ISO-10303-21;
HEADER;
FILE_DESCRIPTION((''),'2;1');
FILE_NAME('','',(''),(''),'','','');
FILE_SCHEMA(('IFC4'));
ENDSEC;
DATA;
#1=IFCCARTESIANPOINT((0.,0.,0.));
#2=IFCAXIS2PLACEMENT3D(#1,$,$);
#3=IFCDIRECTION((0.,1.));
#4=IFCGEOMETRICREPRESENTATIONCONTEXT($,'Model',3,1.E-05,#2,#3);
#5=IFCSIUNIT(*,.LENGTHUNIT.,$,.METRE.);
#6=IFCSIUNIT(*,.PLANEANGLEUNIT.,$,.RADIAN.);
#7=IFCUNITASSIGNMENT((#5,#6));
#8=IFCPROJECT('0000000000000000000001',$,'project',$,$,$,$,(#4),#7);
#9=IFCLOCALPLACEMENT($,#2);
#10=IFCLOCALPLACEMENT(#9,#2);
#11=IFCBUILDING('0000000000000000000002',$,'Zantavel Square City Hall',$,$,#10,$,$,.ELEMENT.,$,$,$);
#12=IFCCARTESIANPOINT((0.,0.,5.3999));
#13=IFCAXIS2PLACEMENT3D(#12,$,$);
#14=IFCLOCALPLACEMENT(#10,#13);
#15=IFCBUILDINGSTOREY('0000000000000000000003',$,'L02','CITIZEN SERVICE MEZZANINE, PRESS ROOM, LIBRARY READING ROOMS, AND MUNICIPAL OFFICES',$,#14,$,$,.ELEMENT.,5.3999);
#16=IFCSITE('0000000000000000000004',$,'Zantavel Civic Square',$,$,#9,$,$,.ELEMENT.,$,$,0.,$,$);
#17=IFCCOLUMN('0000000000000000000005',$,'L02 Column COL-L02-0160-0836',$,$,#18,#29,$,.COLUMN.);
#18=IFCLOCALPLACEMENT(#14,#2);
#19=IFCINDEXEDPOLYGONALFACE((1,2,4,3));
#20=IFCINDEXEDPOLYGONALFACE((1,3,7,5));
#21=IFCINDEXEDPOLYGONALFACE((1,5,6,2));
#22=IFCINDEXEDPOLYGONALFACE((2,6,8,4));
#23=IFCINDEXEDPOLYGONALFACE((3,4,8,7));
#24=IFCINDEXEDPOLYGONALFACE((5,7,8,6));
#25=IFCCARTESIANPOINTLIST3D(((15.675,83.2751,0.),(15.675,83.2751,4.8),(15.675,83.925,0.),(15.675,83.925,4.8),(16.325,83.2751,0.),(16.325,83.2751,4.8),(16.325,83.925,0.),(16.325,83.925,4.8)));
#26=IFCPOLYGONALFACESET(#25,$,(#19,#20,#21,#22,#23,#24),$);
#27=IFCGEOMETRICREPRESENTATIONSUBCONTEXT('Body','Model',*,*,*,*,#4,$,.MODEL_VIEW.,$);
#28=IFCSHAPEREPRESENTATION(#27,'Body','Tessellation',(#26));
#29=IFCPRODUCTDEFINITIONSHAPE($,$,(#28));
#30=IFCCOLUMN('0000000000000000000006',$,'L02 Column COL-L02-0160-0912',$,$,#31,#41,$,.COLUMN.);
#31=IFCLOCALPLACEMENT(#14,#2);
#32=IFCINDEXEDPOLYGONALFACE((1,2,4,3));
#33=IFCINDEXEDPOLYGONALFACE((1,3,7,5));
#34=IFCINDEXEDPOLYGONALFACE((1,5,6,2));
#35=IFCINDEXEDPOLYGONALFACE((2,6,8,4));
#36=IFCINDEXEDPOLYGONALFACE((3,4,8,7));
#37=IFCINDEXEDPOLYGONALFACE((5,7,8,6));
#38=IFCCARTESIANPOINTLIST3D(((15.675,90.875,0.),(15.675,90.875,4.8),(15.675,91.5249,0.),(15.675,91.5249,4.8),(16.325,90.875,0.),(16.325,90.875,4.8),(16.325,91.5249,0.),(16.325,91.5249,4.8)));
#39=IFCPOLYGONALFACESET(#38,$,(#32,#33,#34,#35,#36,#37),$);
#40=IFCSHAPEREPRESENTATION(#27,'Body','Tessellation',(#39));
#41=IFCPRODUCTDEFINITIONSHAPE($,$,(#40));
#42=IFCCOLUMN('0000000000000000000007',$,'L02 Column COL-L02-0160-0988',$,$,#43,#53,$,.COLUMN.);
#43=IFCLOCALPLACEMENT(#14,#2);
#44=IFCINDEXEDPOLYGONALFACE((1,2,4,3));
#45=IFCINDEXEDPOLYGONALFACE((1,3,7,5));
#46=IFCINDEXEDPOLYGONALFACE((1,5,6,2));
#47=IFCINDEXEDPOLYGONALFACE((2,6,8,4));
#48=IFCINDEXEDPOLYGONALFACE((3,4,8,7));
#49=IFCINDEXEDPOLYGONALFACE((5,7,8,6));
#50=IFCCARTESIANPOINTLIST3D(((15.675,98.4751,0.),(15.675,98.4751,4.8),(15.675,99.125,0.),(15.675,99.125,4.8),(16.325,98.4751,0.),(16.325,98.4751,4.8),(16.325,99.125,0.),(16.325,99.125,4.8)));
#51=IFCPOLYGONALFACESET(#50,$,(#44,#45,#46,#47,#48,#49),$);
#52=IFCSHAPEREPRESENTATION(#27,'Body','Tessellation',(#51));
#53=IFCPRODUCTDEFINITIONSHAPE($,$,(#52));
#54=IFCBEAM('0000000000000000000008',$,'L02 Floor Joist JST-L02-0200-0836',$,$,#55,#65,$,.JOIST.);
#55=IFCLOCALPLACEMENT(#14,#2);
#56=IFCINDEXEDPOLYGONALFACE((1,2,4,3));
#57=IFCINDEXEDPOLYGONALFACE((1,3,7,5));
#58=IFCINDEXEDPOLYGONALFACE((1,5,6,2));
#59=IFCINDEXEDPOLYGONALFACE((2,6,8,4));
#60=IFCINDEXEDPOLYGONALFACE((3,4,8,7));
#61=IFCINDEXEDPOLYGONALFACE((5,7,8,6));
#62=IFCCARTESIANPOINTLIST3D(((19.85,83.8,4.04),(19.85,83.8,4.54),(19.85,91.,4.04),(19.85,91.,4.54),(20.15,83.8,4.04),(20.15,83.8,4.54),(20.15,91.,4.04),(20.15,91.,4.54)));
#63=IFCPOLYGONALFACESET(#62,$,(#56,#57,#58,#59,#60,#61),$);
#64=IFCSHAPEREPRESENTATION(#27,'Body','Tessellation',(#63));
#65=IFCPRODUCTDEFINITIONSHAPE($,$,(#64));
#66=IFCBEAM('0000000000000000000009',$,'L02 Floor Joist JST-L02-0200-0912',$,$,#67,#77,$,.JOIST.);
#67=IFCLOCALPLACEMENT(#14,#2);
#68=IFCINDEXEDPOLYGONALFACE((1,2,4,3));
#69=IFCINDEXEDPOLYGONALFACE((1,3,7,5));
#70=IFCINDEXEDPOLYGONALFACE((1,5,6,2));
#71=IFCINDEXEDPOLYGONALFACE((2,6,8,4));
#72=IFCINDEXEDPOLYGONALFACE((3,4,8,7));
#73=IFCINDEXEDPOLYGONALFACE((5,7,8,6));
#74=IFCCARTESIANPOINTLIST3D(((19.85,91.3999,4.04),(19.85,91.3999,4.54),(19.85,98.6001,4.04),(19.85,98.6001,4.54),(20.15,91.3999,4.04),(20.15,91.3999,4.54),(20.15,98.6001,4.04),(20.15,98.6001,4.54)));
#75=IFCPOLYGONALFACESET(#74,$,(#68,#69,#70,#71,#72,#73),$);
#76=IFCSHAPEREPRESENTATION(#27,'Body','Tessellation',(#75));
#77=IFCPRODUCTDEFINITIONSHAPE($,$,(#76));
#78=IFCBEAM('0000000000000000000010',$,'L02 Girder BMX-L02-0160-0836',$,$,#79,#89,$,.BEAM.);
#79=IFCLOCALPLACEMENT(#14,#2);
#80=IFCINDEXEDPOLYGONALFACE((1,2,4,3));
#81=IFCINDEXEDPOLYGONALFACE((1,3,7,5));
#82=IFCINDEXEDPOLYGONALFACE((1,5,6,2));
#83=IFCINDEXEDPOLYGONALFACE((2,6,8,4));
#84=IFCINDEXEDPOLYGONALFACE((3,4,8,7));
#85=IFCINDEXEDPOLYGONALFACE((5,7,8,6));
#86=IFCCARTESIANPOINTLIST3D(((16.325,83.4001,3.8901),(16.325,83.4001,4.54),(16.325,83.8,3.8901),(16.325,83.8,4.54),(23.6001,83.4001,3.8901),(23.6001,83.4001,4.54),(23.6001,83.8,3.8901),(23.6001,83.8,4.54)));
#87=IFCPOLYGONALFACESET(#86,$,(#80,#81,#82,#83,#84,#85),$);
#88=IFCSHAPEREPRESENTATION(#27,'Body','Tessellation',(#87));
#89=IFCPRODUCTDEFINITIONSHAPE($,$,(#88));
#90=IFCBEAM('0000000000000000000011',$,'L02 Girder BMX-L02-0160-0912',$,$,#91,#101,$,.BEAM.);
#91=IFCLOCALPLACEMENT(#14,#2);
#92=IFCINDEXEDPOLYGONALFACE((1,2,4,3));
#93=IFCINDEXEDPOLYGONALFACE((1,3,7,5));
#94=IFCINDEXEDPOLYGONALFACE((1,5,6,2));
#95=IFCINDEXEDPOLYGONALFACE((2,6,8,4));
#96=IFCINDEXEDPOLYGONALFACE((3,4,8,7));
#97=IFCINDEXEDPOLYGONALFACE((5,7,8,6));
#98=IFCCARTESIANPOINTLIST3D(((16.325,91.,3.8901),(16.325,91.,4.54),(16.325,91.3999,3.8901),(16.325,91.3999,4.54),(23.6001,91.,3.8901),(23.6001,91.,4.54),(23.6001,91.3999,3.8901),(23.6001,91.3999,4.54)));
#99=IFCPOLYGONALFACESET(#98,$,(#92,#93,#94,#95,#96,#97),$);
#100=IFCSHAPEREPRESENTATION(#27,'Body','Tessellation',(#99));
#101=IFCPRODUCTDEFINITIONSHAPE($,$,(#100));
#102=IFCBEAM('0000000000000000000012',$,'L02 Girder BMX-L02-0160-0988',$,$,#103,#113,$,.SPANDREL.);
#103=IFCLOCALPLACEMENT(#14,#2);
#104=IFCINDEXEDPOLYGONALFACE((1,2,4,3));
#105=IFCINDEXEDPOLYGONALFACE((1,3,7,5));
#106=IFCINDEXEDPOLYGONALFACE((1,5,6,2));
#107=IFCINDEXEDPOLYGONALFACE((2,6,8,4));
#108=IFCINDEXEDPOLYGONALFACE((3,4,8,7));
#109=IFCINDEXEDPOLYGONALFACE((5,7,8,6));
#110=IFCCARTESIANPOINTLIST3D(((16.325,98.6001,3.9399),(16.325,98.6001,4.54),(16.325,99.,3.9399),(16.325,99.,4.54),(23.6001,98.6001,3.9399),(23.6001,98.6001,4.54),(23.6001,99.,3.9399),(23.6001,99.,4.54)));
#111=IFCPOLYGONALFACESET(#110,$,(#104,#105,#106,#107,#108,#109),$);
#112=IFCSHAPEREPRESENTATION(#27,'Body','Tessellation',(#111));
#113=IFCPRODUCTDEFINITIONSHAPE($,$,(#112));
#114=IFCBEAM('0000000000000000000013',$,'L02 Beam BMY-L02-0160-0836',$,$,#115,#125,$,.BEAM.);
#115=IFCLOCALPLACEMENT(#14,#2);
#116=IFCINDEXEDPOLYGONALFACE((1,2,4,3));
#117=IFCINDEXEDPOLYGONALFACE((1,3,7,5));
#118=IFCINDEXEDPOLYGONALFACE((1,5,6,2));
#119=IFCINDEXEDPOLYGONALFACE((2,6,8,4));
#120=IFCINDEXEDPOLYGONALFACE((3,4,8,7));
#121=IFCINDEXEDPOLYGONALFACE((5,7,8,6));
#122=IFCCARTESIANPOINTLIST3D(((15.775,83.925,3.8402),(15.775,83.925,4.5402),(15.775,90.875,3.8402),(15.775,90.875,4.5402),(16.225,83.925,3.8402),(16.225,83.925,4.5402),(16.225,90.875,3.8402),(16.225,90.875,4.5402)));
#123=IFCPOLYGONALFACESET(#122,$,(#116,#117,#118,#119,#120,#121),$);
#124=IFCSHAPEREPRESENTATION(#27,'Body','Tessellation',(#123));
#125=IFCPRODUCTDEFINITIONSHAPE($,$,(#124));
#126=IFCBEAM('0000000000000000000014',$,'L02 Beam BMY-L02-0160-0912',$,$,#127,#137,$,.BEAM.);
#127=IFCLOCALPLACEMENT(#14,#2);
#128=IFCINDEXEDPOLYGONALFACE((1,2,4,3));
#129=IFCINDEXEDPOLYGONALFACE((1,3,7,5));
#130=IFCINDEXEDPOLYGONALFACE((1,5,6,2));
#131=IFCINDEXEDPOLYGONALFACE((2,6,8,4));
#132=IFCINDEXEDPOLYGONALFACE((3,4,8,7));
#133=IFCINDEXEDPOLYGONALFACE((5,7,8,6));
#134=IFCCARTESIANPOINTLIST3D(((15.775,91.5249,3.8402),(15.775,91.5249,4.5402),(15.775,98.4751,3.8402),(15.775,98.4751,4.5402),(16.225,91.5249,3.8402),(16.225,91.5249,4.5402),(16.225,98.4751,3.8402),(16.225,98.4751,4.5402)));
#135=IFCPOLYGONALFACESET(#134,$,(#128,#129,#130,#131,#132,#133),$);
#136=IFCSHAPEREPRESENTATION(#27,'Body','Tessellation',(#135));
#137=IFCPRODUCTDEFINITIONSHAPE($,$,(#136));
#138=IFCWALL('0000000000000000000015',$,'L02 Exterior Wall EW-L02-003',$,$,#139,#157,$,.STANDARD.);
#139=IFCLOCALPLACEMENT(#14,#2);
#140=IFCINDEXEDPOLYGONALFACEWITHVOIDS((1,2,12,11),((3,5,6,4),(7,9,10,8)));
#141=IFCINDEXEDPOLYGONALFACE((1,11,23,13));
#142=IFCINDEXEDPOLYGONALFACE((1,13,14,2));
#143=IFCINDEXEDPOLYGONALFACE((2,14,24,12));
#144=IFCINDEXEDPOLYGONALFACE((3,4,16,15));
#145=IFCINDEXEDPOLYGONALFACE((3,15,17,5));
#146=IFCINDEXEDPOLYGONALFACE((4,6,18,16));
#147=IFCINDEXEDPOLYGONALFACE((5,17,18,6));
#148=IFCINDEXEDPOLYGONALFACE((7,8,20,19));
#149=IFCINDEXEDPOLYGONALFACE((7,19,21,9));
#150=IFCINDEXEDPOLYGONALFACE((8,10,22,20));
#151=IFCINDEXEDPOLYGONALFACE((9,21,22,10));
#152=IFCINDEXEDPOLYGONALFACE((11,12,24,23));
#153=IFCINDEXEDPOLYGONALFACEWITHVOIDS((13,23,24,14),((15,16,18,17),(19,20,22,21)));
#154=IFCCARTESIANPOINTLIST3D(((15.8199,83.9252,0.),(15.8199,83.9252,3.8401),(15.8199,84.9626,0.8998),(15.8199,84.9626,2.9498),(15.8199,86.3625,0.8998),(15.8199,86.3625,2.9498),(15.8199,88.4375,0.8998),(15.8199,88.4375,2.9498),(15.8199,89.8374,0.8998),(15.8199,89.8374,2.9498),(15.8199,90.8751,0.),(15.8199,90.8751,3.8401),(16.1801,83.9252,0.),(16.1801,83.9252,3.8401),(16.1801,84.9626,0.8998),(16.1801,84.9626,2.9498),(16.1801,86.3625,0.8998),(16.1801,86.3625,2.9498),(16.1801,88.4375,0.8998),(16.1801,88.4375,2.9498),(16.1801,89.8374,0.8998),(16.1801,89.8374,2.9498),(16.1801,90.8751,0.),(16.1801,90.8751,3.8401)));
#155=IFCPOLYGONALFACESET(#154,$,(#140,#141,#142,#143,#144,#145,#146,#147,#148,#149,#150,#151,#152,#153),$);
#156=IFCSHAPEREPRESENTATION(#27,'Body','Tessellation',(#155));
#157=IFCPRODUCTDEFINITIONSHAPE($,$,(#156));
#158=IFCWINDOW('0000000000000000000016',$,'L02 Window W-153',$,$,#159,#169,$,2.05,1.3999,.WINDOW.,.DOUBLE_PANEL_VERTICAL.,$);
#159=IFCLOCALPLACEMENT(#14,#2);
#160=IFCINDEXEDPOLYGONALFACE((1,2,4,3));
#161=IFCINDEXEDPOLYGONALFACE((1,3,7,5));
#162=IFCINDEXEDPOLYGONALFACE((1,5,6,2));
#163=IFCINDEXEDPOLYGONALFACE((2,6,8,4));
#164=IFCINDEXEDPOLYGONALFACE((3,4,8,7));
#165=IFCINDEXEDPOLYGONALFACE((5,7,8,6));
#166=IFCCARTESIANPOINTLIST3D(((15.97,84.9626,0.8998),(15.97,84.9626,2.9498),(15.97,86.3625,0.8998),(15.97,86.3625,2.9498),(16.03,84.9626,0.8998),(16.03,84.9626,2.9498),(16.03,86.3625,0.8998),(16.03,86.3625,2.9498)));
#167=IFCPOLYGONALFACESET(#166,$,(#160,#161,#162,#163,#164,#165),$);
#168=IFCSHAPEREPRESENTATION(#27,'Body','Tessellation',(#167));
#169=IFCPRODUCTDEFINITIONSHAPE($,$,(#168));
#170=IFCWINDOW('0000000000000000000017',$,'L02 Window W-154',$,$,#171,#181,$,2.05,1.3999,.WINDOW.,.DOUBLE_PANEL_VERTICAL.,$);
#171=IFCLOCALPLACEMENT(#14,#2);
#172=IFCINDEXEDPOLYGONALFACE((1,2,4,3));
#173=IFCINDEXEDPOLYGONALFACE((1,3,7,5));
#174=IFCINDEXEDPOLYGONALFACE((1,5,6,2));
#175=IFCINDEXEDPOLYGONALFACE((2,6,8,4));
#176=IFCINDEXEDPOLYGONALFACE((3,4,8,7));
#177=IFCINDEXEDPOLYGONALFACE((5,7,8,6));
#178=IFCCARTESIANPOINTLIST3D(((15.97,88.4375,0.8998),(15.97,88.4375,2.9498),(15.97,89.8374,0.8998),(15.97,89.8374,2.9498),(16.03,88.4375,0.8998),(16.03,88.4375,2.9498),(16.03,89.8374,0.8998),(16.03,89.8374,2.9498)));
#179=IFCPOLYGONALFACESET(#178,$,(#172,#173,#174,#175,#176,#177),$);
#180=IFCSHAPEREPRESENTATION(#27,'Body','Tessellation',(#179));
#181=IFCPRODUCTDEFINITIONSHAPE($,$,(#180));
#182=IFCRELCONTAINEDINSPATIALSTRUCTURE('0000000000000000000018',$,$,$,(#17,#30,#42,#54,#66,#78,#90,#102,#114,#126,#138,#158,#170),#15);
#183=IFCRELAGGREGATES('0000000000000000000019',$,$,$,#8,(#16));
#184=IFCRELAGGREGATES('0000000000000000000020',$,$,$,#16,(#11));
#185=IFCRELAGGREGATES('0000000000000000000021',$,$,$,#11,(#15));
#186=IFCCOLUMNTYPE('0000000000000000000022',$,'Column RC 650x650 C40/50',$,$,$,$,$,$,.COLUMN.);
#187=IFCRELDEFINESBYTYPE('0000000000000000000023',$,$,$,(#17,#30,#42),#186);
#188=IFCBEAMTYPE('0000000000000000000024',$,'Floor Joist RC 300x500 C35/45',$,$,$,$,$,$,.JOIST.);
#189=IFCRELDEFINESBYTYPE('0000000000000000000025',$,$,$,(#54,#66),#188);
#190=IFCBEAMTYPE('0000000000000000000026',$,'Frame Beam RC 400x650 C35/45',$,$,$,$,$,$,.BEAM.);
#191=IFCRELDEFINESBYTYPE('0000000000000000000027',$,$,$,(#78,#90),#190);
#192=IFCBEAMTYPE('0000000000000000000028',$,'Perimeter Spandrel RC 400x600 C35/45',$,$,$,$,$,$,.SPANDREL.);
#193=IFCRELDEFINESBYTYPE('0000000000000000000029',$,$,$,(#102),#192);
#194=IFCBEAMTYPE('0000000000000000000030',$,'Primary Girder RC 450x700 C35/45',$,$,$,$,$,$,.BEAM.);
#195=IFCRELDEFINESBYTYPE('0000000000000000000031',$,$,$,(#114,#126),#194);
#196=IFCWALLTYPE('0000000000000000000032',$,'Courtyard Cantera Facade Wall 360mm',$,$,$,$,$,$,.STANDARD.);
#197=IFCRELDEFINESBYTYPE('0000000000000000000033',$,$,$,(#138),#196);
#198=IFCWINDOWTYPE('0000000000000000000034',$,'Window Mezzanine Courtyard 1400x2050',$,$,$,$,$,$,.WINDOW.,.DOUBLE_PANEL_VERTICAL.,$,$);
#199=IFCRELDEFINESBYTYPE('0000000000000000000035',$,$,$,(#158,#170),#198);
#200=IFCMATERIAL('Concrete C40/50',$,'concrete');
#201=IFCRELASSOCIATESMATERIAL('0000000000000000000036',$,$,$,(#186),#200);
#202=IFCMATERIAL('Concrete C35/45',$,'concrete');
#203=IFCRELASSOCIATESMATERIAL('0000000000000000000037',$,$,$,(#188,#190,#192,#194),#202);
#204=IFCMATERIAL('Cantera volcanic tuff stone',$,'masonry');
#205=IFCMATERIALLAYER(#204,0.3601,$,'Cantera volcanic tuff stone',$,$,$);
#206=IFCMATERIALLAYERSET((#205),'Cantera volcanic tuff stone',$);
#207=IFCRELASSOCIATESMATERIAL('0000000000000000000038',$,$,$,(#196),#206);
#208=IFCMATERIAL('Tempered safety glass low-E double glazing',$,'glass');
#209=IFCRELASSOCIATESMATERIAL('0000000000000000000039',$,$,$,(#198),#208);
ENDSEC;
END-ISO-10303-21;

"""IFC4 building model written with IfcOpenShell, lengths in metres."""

from ifc_helpers import new_model, si_unit, direction, frame, frame_2d, origin, origin_2d, place, context, subcontext, project, spatial, rectangle, extrude, material, layer, layer_set, material_profile, profile_set, type_object, element, fill, save


model = new_model("IFC4")

# Units and contexts
model_context = context("Model", 3, precision=1e-05, world=origin(), true_north=direction((0.0, 1.0)))
body_context = subcontext(model_context, "Body", "Model", "MODEL_VIEW")
ifc_project = project(units=[si_unit("LENGTHUNIT", "METRE"), si_unit("PLANEANGLEUNIT", "RADIAN")], contexts=[model_context])

# Site, building, storey
site_placement = place(None, origin())
site = spatial("IfcSite", under=ifc_project, at=site_placement, Name="Zantavel Civic Square", CompositionType="ELEMENT", RefElevation=0.0)
building_placement = place(site_placement, origin())
building = spatial("IfcBuilding", under=site, at=building_placement, Name="Zantavel Square City Hall", CompositionType="ELEMENT")
storey_placement = place(building_placement, frame((0.0, 0.0, 5.3999)))
storey = spatial("IfcBuildingStorey", under=building, at=storey_placement, Name="L02", Description="CITIZEN SERVICE MEZZANINE, PRESS ROOM, LIBRARY READING ROOMS, AND MUNICIPAL OFFICES", CompositionType="ELEMENT", Elevation=5.3999)

# Columns
ifc_material_1 = material(Name="Concrete C40/50", Category="concrete")
ifc_material_profile_1 = material_profile(ifc_material_1, rectangle(XDim=0.6499, YDim=0.6499, at=origin_2d()), Name="RC 650x650")
ifc_profile_set_1 = profile_set([ifc_material_profile_1], Name="Concrete C40/50")
column_type = type_object("IfcColumnType", Name="Column RC 650x650 C40/50", PredefinedType="COLUMN", material=ifc_profile_set_1)
for number, where, z_axis, x_axis, name in (
    (1, (16.0, 83.6001, 0.0), (0.0, 0.0, 1.0), (1.0, 0.0, 0.0), "L02 Column COL-L02-0160-0836"),
    (2, (16.0, 91.2, 0.0), (0.0, 0.0, 1.0), (1.0, 0.0, 0.0), "L02 Column COL-L02-0160-0912"),
    (3, (16.0, 98.8, 0.0), (0.0, 0.0, 1.0), (1.0, 0.0, 0.0), "L02 Column COL-L02-0160-0988"),
):
    element("IfcColumn", number, at=place(storey_placement, frame(where, z_axis=z_axis, x_axis=x_axis)), inside=storey, type_object=column_type, Name=name, PredefinedType="COLUMN", context=body_context, shape_type="SweptSolid", body=[
        extrude(rectangle(XDim=0.6499, YDim=0.6499, at=origin_2d()), origin(), (0.0, 0.0, 1.0), 4.8),
    ])

# Beams
ifc_material_2 = material(Name="Concrete C35/45", Category="concrete")
ifc_material_profile_2 = material_profile(ifc_material_2, rectangle(XDim=0.3, YDim=0.5, at=origin_2d()), Name="RC 300x500")
ifc_profile_set_2 = profile_set([ifc_material_profile_2], Name="Concrete C35/45")
beam_type_1 = type_object("IfcBeamType", Name="Floor Joist RC 300x500 C35/45", PredefinedType="JOIST", material=ifc_profile_set_2)
beam_1_placement = place(storey_placement, frame((20.0, 83.8, 4.29), z_axis=(0.0, 1.0, 0.0), x_axis=(-1.0, 0.0, 0.0)))
element("IfcBeam", 4, at=beam_1_placement, inside=storey, type_object=beam_type_1, Name="L02 Floor Joist JST-L02-0200-0836", PredefinedType="JOIST", context=body_context, shape_type="SweptSolid", body=[
    extrude(rectangle(XDim=0.3, YDim=0.5, at=origin_2d()), origin(), (0.0, 0.0, 1.0), 7.2),
])
beam_2_placement = place(storey_placement, frame((20.0, 91.3999, 4.29), z_axis=(0.0, 1.0, 0.0), x_axis=(-1.0, 0.0, 0.0)))
element("IfcBeam", 5, at=beam_2_placement, inside=storey, type_object=beam_type_1, Name="L02 Floor Joist JST-L02-0200-0912", PredefinedType="JOIST", context=body_context, shape_type="SweptSolid", body=[
    extrude(rectangle(XDim=0.3, YDim=0.5, at=origin_2d()), origin(), (0.0, 0.0, 1.0), 7.2002),
])
ifc_material_profile_3 = material_profile(ifc_material_2, rectangle(XDim=0.3999, YDim=0.6499, at=origin_2d()), Name="RC 400x650")
ifc_profile_set_3 = profile_set([ifc_material_profile_3], Name="Concrete C35/45")
beam_type_2 = type_object("IfcBeamType", Name="Frame Beam RC 400x650 C35/45", PredefinedType="BEAM", material=ifc_profile_set_3)
for number, where, z_axis, x_axis, name in (
    (6, (16.325, 83.6001, 4.2151), (1.0, 0.0, 0.0), (0.0, 1.0, 0.0), "L02 Girder BMX-L02-0160-0836"),
    (7, (16.325, 91.2, 4.2151), (1.0, 0.0, 0.0), (0.0, 1.0, 0.0), "L02 Girder BMX-L02-0160-0912"),
):
    element("IfcBeam", number, at=place(storey_placement, frame(where, z_axis=z_axis, x_axis=x_axis)), inside=storey, type_object=beam_type_2, Name=name, PredefinedType="BEAM", context=body_context, shape_type="SweptSolid", body=[
        extrude(rectangle(XDim=0.3999, YDim=0.6499, at=origin_2d()), origin(), (0.0, 0.0, 1.0), 7.2751),
    ])
ifc_material_profile_4 = material_profile(ifc_material_2, rectangle(XDim=0.3999, YDim=0.6001, at=origin_2d()), Name="RC 400x600")
ifc_profile_set_4 = profile_set([ifc_material_profile_4], Name="Concrete C35/45")
beam_type_3 = type_object("IfcBeamType", Name="Perimeter Spandrel RC 400x600 C35/45", PredefinedType="SPANDREL", material=ifc_profile_set_4)
beam_3_placement = place(storey_placement, frame((16.325, 98.8, 4.24), z_axis=(1.0, 0.0, 0.0), x_axis=(0.0, 1.0, 0.0)))
element("IfcBeam", 8, at=beam_3_placement, inside=storey, type_object=beam_type_3, Name="L02 Girder BMX-L02-0160-0988", PredefinedType="SPANDREL", context=body_context, shape_type="SweptSolid", body=[
    extrude(rectangle(XDim=0.3999, YDim=0.6001, at=origin_2d()), origin(), (0.0, 0.0, 1.0), 7.2751),
])
ifc_material_profile_5 = material_profile(ifc_material_2, rectangle(XDim=0.45, YDim=0.7, at=origin_2d()), Name="RC 450x700")
ifc_profile_set_5 = profile_set([ifc_material_profile_5], Name="Concrete C35/45")
beam_type_4 = type_object("IfcBeamType", Name="Primary Girder RC 450x700 C35/45", PredefinedType="BEAM", material=ifc_profile_set_5)
beam_4_placement = place(storey_placement, frame((16.0, 83.925, 4.1902), z_axis=(0.0, 1.0, 0.0), x_axis=(-1.0, 0.0, 0.0)))
element("IfcBeam", 9, at=beam_4_placement, inside=storey, type_object=beam_type_4, Name="L02 Beam BMY-L02-0160-0836", PredefinedType="BEAM", context=body_context, shape_type="SweptSolid", body=[
    extrude(rectangle(XDim=0.45, YDim=0.7, at=origin_2d()), origin(), (0.0, 0.0, 1.0), 6.95),
])
beam_5_placement = place(storey_placement, frame((16.0, 91.5249, 4.1902), z_axis=(0.0, 1.0, 0.0), x_axis=(-1.0, 0.0, 0.0)))
element("IfcBeam", 10, at=beam_5_placement, inside=storey, type_object=beam_type_4, Name="L02 Beam BMY-L02-0160-0912", PredefinedType="BEAM", context=body_context, shape_type="SweptSolid", body=[
    extrude(rectangle(XDim=0.45, YDim=0.7, at=origin_2d()), origin(), (0.0, 0.0, 1.0), 6.9502),
])

# Wall, openings, windows
ifc_material_3 = material(Name="Cantera volcanic tuff stone", Category="masonry")
ifc_layer_1 = layer(ifc_material_3, 0.3601, Name="Cantera volcanic tuff stone")
ifc_layer_set_1 = layer_set([ifc_layer_1], Name="Cantera volcanic tuff stone")
wall_type_1 = type_object("IfcWallType", Name="Courtyard Cantera Facade Wall 360mm", PredefinedType="STANDARD", material=ifc_layer_set_1)
wall_1_placement = place(storey_placement, frame((16.0, 83.925, 0.0), z_axis=(0.0, 0.0, 1.0), x_axis=(0.0, 1.0, 0.0)))
wall_1 = element("IfcWall", 11, at=wall_1_placement, inside=storey, type_object=wall_type_1, Name="L02 Exterior Wall EW-L02-003", PredefinedType="STANDARD", context=body_context, shape_type="SweptSolid", body=[
    extrude(rectangle(XDim=6.95, YDim=0.3601, at=frame_2d((3.4751, 0.0))), origin(), (0.0, 0.0, 1.0), 3.8401),
])
opening_1_placement = place(wall_1_placement, frame((1.0376, 0.0, 0.8999)))
opening_1 = element("IfcOpeningElement", 12, at=opening_1_placement, cuts=wall_1, PredefinedType="OPENING", context=body_context, shape_type="SweptSolid", body=[
    extrude(rectangle(XDim=1.3999, YDim=2.05, at=frame_2d((0.7, 1.0249))), frame((0.0, 0.1899, 0.0), z_axis=(0.0, -1.0, 0.0), x_axis=(1.0, 0.0, 0.0)), (0.0, 0.0, 1.0), 0.3801),
])
opening_2_placement = place(wall_1_placement, frame((4.5125, 0.0, 0.8999)))
opening_2 = element("IfcOpeningElement", 13, at=opening_2_placement, cuts=wall_1, PredefinedType="OPENING", context=body_context, shape_type="SweptSolid", body=[
    extrude(rectangle(XDim=1.3999, YDim=2.05, at=frame_2d((0.7, 1.0249))), frame((0.0, 0.1899, 0.0), z_axis=(0.0, -1.0, 0.0), x_axis=(1.0, 0.0, 0.0)), (0.0, 0.0, 1.0), 0.3801),
])
ifc_material_4 = material(Name="Tempered safety glass low-E double glazing", Category="glass")
window_type = type_object("IfcWindowType", Name="Window Mezzanine Courtyard 1400x2050", PartitioningType="DOUBLE_PANEL_VERTICAL", PredefinedType="WINDOW", material=ifc_material_4)
window_1_placement = place(opening_1_placement, origin())
window_1 = element("IfcWindow", 14, at=window_1_placement, inside=storey, type_object=window_type, Name="L02 Window W-153", OverallHeight=2.05, OverallWidth=1.3999, PartitioningType="DOUBLE_PANEL_VERTICAL", PredefinedType="WINDOW", context=body_context, shape_type="SweptSolid", body=[
    extrude(rectangle(XDim=1.3999, YDim=2.05, at=frame_2d((0.7, 1.0249))), frame((0.0, 0.03, 0.0), z_axis=(0.0, -1.0, 0.0), x_axis=(1.0, 0.0, 0.0)), (0.0, 0.0, 1.0), 0.0601),
])
fill(opening_1, window_1)
window_2_placement = place(opening_2_placement, origin())
window_2 = element("IfcWindow", 15, at=window_2_placement, inside=storey, type_object=window_type, Name="L02 Window W-154", OverallHeight=2.05, OverallWidth=1.3999, PartitioningType="DOUBLE_PANEL_VERTICAL", PredefinedType="WINDOW", context=body_context, shape_type="SweptSolid", body=[
    extrude(rectangle(XDim=1.3999, YDim=2.05, at=frame_2d((0.7, 1.0249))), frame((0.0, 0.03, 0.0), z_axis=(0.0, -1.0, 0.0), x_axis=(1.0, 0.0, 0.0)), (0.0, 0.0, 1.0), 0.0601),
])
fill(opening_2, window_2)

save(model, "model.ifc")
